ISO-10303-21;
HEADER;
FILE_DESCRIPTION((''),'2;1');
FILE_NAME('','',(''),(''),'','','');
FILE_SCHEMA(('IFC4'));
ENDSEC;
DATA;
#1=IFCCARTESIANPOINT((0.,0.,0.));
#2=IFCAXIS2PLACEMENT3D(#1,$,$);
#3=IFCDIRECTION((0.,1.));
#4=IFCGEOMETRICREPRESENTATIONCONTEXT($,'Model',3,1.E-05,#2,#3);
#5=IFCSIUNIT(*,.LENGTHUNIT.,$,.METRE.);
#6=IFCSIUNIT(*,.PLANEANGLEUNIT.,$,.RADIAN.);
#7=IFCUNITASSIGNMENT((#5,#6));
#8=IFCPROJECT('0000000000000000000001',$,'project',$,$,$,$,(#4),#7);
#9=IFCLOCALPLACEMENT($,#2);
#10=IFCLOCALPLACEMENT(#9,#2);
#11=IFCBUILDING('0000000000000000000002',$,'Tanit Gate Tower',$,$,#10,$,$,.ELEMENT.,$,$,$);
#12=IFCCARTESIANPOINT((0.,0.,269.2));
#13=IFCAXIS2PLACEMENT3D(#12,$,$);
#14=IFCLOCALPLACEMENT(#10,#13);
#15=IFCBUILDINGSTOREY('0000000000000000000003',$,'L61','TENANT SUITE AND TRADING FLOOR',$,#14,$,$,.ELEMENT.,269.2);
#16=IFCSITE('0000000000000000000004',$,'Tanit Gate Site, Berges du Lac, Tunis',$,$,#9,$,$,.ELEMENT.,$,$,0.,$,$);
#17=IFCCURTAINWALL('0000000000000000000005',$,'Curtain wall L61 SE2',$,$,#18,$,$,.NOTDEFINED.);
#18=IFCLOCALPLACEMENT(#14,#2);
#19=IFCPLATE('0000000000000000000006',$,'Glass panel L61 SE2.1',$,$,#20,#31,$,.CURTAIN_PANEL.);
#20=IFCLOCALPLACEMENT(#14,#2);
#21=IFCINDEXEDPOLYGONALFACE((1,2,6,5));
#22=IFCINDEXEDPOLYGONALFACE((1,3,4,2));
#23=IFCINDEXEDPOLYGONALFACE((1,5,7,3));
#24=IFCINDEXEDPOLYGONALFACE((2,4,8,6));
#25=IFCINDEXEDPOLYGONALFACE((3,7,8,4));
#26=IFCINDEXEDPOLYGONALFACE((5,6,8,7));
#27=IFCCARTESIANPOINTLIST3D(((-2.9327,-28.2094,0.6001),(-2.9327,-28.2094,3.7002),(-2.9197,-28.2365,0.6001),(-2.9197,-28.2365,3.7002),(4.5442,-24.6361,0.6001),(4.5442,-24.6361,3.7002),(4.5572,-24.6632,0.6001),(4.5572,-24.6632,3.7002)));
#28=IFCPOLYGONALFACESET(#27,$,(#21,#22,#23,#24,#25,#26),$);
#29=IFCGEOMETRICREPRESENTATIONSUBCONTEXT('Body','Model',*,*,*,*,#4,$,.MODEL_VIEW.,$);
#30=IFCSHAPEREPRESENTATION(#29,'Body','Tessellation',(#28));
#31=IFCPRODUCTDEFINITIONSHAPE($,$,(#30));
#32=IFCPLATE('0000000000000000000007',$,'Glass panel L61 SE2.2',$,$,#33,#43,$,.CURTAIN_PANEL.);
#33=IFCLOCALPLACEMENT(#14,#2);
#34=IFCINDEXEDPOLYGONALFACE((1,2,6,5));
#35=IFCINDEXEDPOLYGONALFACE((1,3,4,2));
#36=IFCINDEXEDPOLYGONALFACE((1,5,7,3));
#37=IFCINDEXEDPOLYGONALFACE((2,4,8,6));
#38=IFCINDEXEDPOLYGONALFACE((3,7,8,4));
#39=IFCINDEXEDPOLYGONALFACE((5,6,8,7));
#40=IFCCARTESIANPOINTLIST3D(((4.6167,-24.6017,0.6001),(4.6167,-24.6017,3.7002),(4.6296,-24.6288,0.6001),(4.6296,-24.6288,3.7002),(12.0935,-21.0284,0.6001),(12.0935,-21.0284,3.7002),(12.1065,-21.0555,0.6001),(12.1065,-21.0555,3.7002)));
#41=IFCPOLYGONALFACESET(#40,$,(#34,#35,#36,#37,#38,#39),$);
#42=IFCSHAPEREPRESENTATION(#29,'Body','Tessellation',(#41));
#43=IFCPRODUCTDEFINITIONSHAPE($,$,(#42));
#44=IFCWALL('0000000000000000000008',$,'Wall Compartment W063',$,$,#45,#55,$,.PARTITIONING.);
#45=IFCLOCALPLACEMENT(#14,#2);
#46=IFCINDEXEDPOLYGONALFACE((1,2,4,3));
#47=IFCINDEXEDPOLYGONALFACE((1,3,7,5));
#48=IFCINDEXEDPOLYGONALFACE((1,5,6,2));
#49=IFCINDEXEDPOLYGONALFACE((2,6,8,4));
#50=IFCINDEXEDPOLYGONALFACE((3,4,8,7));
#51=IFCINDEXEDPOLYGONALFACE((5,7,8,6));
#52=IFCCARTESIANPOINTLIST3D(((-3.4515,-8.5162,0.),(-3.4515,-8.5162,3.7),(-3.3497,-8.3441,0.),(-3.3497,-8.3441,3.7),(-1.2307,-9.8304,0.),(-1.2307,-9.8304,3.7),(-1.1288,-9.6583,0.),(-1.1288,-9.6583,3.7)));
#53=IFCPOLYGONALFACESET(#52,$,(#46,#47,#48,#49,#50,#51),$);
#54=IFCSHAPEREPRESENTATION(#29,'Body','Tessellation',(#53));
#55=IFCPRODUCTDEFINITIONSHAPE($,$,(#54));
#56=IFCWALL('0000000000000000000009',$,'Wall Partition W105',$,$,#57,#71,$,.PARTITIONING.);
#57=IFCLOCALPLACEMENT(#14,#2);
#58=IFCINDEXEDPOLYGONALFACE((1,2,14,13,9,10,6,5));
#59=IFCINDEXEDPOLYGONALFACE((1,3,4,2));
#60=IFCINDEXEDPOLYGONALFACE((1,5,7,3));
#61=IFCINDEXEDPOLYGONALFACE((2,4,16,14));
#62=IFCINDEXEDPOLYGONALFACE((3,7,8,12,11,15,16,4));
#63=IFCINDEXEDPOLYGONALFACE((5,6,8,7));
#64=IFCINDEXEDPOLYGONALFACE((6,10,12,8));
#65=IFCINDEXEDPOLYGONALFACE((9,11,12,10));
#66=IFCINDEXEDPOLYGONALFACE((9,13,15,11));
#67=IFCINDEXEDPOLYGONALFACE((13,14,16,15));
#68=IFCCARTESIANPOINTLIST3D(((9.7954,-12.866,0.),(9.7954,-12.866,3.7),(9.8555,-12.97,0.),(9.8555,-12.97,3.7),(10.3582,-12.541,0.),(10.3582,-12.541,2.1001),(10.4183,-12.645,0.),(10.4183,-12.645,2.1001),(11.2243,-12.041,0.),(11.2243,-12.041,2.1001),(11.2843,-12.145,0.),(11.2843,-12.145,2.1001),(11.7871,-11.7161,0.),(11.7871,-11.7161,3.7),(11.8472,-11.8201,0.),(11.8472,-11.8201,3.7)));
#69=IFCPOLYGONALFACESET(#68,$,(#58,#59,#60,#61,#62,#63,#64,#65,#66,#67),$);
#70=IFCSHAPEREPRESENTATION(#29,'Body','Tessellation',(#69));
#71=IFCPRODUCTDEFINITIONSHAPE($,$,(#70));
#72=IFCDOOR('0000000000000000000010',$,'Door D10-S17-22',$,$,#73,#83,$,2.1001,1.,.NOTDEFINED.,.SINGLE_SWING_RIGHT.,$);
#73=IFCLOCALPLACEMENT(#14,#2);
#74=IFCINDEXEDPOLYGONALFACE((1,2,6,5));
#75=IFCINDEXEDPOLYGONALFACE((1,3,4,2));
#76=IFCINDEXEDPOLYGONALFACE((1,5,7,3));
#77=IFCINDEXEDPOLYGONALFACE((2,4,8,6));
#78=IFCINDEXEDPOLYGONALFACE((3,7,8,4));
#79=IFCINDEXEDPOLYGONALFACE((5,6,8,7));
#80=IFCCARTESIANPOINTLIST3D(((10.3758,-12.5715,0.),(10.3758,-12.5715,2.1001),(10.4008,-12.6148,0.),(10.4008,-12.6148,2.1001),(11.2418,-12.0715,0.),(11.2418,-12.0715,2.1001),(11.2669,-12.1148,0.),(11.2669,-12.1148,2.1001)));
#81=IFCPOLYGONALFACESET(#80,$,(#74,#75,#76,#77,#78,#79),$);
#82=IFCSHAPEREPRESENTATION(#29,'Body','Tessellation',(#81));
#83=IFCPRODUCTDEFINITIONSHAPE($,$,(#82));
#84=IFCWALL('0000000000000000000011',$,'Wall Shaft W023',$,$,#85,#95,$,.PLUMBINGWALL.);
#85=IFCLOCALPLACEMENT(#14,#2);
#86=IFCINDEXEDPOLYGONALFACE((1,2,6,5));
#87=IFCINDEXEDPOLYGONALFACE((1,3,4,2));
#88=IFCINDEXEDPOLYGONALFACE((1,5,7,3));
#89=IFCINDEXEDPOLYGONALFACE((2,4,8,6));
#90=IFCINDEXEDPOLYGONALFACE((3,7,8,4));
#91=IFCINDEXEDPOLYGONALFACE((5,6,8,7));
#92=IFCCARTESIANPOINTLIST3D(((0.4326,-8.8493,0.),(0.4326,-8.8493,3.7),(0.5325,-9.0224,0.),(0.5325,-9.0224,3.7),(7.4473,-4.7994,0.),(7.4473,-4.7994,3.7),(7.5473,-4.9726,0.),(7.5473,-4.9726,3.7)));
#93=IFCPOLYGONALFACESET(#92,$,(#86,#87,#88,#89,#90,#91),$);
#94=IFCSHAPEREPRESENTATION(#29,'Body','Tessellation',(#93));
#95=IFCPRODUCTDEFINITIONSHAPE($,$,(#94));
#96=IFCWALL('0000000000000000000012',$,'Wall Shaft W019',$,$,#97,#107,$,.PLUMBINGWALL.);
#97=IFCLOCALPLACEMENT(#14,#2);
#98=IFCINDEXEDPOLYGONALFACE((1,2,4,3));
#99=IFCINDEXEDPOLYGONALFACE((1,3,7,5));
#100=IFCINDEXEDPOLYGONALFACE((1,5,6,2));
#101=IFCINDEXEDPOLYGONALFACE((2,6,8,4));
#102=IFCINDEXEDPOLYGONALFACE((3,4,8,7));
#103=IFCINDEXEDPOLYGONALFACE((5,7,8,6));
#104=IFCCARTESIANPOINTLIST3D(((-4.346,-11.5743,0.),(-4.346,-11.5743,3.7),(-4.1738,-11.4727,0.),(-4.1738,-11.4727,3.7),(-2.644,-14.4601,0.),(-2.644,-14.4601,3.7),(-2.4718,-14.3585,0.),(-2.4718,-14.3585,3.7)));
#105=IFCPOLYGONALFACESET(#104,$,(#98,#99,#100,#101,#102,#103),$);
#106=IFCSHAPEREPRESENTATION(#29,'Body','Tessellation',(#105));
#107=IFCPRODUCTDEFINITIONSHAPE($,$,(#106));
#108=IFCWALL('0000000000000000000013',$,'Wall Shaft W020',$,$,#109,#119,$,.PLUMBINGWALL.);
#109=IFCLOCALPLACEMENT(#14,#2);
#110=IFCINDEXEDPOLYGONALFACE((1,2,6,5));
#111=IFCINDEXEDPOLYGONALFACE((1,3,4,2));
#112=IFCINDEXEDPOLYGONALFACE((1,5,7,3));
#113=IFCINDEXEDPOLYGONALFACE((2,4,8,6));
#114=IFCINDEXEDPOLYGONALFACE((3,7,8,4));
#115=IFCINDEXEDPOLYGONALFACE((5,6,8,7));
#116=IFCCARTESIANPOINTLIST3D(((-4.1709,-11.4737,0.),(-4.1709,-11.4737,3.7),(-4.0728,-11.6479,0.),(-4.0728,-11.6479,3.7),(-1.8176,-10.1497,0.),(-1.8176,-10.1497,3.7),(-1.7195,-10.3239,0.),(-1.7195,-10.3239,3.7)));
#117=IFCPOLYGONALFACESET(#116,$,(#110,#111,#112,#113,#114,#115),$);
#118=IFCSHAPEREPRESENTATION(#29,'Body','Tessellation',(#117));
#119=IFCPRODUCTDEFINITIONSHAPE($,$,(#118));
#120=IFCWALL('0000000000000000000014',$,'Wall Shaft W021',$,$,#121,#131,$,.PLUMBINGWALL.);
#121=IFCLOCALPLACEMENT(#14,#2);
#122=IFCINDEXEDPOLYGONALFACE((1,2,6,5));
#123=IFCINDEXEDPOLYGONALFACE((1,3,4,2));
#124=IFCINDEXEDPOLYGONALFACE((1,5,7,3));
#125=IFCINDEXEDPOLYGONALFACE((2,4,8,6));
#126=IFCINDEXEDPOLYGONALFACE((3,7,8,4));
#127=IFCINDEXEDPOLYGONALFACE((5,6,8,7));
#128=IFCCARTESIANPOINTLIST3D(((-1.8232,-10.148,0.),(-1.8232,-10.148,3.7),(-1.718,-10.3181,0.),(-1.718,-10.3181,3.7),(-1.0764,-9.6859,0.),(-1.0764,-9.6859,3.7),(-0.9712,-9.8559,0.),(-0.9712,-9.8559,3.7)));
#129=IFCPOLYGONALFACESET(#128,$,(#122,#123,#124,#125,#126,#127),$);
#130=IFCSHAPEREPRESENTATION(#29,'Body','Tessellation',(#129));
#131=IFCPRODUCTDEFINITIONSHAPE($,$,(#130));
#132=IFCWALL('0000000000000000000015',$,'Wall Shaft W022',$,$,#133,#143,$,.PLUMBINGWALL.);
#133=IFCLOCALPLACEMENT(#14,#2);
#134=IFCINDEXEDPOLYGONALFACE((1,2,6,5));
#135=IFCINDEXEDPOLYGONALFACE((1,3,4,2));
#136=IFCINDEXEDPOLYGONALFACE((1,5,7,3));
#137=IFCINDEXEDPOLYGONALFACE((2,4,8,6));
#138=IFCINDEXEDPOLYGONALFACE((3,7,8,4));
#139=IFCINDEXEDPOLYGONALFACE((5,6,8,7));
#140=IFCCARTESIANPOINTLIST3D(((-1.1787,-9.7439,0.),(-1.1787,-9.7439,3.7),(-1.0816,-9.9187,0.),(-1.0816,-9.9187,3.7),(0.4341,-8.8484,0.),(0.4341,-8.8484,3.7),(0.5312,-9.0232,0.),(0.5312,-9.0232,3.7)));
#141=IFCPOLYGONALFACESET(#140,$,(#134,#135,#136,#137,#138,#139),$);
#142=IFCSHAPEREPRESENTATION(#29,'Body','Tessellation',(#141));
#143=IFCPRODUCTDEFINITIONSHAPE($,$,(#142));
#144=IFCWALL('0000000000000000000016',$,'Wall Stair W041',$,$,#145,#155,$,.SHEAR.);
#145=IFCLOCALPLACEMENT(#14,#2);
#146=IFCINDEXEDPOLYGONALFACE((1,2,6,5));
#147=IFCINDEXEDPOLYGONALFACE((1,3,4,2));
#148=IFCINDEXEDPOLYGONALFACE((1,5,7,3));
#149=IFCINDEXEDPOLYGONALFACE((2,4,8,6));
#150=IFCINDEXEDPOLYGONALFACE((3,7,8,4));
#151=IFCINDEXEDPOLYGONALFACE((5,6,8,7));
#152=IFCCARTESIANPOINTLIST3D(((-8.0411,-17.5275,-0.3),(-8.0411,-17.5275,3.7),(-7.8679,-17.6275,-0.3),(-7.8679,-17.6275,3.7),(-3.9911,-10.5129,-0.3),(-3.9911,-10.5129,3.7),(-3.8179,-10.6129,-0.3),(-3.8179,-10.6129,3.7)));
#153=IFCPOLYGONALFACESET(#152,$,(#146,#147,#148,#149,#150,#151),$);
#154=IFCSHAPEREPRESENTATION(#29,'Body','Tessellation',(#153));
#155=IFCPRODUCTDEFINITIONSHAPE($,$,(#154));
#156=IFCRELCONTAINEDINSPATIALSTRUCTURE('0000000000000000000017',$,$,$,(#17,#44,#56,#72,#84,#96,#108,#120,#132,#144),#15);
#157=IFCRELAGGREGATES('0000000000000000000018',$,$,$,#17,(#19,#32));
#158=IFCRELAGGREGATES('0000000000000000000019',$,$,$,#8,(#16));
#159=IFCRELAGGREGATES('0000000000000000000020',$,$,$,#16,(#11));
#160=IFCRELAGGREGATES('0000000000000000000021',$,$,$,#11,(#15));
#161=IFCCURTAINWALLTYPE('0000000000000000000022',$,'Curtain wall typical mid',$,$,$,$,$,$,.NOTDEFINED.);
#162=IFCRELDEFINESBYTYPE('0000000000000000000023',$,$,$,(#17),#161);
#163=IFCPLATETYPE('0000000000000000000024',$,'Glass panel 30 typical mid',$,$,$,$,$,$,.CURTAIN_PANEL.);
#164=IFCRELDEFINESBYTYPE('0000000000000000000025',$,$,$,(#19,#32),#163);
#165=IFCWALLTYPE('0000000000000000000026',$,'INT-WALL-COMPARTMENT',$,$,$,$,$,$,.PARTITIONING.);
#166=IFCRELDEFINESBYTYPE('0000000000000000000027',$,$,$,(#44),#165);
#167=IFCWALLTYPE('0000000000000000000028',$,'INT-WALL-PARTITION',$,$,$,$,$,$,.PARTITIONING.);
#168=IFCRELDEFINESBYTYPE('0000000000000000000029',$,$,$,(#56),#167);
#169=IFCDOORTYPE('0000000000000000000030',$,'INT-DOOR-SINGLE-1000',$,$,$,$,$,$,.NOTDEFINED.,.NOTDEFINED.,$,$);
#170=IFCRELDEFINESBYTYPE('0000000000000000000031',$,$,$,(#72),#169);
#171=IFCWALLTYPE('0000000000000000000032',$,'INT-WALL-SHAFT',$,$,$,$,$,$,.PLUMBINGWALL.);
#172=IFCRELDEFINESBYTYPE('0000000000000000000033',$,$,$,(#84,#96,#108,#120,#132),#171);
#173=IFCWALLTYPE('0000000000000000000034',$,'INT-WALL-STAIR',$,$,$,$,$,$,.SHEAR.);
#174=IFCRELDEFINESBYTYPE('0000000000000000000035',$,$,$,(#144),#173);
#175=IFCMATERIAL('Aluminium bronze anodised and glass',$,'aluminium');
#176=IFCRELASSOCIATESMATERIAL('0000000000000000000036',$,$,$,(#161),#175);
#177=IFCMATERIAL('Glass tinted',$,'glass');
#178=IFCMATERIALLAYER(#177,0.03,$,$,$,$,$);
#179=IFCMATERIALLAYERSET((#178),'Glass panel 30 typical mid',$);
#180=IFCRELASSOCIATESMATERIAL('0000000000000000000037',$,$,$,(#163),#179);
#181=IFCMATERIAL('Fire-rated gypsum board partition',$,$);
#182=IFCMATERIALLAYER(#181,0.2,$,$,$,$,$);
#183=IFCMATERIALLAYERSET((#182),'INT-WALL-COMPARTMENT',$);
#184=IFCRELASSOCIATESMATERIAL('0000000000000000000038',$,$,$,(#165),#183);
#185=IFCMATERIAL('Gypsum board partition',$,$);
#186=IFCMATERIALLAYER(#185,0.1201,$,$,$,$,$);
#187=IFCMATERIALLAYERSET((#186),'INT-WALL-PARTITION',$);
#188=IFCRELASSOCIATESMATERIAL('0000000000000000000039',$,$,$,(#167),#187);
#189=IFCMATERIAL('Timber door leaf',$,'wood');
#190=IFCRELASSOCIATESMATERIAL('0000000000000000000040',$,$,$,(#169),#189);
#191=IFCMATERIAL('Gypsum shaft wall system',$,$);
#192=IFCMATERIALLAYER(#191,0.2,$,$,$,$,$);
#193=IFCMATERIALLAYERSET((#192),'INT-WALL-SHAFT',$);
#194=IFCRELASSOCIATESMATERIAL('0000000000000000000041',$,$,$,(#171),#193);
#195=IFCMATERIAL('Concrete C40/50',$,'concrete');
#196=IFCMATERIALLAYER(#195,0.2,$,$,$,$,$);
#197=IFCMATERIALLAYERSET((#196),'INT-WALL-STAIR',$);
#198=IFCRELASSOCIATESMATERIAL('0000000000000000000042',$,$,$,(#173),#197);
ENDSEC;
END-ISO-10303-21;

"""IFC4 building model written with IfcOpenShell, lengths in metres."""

from ifc_helpers import new_model, si_unit, direction, frame, frame_2d, origin, origin_2d, place, context, subcontext, project, spatial, rectangle, extrude, material, layer, layer_set, type_object, element, fill, aggregate, save


model = new_model("IFC4")

# Units and contexts
model_context = context("Model", 3, precision=1e-05, world=origin(), true_north=direction((0.0, 1.0)))
body_context = subcontext(model_context, "Body", "Model", "MODEL_VIEW")
ifc_project = project(units=[si_unit("LENGTHUNIT", "METRE"), si_unit("PLANEANGLEUNIT", "RADIAN")], contexts=[model_context])

# Site, building, storey
site_placement = place(None, origin())
site = spatial("IfcSite", under=ifc_project, at=site_placement, Name="Tanit Gate Site, Berges du Lac, Tunis", CompositionType="ELEMENT", RefElevation=0.0)
building_placement = place(site_placement, origin())
building = spatial("IfcBuilding", under=site, at=building_placement, Name="Tanit Gate Tower", CompositionType="ELEMENT")
storey_placement = place(building_placement, frame((0.0, 0.0, 269.2)))
storey = spatial("IfcBuildingStorey", under=building, at=storey_placement, Name="L61", Description="TENANT SUITE AND TRADING FLOOR", CompositionType="ELEMENT", Elevation=269.2)

# Curtain wall
ifc_material_1 = material(Name="Aluminium bronze anodised and glass", Category="aluminium")
curtain_wall_type = type_object("IfcCurtainWallType", Name="Curtain wall typical mid", PredefinedType="NOTDEFINED", material=ifc_material_1)
curtain_wall_1_placement = place(storey_placement, origin())
curtain_wall_1 = element("IfcCurtainWall", 1, at=curtain_wall_1_placement, inside=storey, type_object=curtain_wall_type, Name="Curtain wall L61 SE2", PredefinedType="NOTDEFINED")

# Plates
ifc_material_2 = material(Name="Glass tinted", Category="glass")
ifc_layer_1 = layer(ifc_material_2, 0.03)
ifc_layer_set_1 = layer_set([ifc_layer_1], Name="Glass panel 30 typical mid")
plate_type = type_object("IfcPlateType", Name="Glass panel 30 typical mid", PredefinedType="CURTAIN_PANEL", material=ifc_layer_set_1)
plate_1_placement = place(storey_placement, frame((0.8123, -26.4363, 0.6001), z_axis=(0.0, 0.0, 1.0), x_axis=(0.902258, 0.431197, 0.0)))
plate_1 = element("IfcPlate", 2, at=plate_1_placement, type_object=plate_type, Name="Glass panel L61 SE2.1", PredefinedType="CURTAIN_PANEL", context=body_context, shape_type="SweptSolid", body=[
    extrude(rectangle(XDim=8.2869, YDim=0.03, at=origin_2d()), origin(), (0.0, 0.0, 1.0), 3.1001),
])
plate_2_placement = place(storey_placement, frame((8.3616, -22.8286, 0.6001), z_axis=(0.0, 0.0, 1.0), x_axis=(0.902258, 0.431197, 0.0)))
plate_2 = element("IfcPlate", 3, at=plate_2_placement, type_object=plate_type, Name="Glass panel L61 SE2.2", PredefinedType="CURTAIN_PANEL", context=body_context, shape_type="SweptSolid", body=[
    extrude(rectangle(XDim=8.2869, YDim=0.03, at=origin_2d()), origin(), (0.0, 0.0, 1.0), 3.1001),
])
aggregate(curtain_wall_1, [plate_1, plate_2])

# Wall
ifc_material_3 = material(Name="Fire-rated gypsum board partition")
ifc_layer_2 = layer(ifc_material_3, 0.2)
ifc_layer_set_2 = layer_set([ifc_layer_2], Name="INT-WALL-COMPARTMENT")
wall_type_1 = type_object("IfcWallType", Name="INT-WALL-COMPARTMENT", PredefinedType="PARTITIONING", material=ifc_layer_set_2)
wall_1_placement = place(storey_placement, frame((-3.4006, -8.4302, 0.0), z_axis=(0.0, 0.0, 1.0), x_axis=(0.860616, -0.509255, 0.0)))
element("IfcWall", 4, at=wall_1_placement, inside=storey, type_object=wall_type_1, Name="Wall Compartment W063", PredefinedType="PARTITIONING", context=body_context, shape_type="SweptSolid", body=[
    extrude(rectangle(XDim=2.5806, YDim=0.2, at=frame_2d((1.2903, 0.0))), origin(), (0.0, 0.0, 1.0), 3.7),
])

# Wall, opening, door
ifc_material_4 = material(Name="Gypsum board partition")
ifc_layer_3 = layer(ifc_material_4, 0.1201)
ifc_layer_set_3 = layer_set([ifc_layer_3], Name="INT-WALL-PARTITION")
wall_type_2 = type_object("IfcWallType", Name="INT-WALL-PARTITION", PredefinedType="PARTITIONING", material=ifc_layer_set_3)
wall_2_placement = place(storey_placement, frame((9.8254, -12.918, 0.0), z_axis=(0.0, 0.0, 1.0), x_axis=(0.866026, 0.499998, 0.0)))
wall_2 = element("IfcWall", 5, at=wall_2_placement, inside=storey, type_object=wall_type_2, Name="Wall Partition W105", PredefinedType="PARTITIONING", context=body_context, shape_type="SweptSolid", body=[
    extrude(rectangle(XDim=2.2998, YDim=0.1201, at=frame_2d((1.1499, 0.0))), origin(), (0.0, 0.0, 1.0), 3.7),
])
opening_placement = place(wall_2_placement, frame((0.6499, 0.0, 0.0)))
opening = element("IfcOpeningElement", 6, at=opening_placement, cuts=wall_2, PredefinedType="OPENING", context=body_context, shape_type="SweptSolid", body=[
    extrude(rectangle(XDim=1.0, YDim=2.1001, at=frame_2d((0.5, 1.05))), frame((0.0, 0.0701, 0.0), z_axis=(0.0, -1.0, 0.0), x_axis=(1.0, 0.0, 0.0)), (0.0, 0.0, 1.0), 0.1401),
])
ifc_material_5 = material(Name="Timber door leaf", Category="wood")
door_type = type_object("IfcDoorType", Name="INT-DOOR-SINGLE-1000", OperationType="NOTDEFINED", PredefinedType="NOTDEFINED", material=ifc_material_5)
door_placement = place(opening_placement, origin())
door = element("IfcDoor", 7, at=door_placement, inside=storey, type_object=door_type, Name="Door D10-S17-22", OperationType="SINGLE_SWING_RIGHT", OverallHeight=2.1001, OverallWidth=1.0, PredefinedType="NOTDEFINED", context=body_context, shape_type="SweptSolid", body=[
    extrude(rectangle(XDim=1.0, YDim=2.1001, at=frame_2d((0.5, 1.05))), frame((0.0, 0.0249, 0.0), z_axis=(0.0, -1.0, 0.0), x_axis=(1.0, 0.0, 0.0)), (0.0, 0.0, 1.0), 0.05),
])
fill(opening, door)

# Walls
ifc_material_6 = material(Name="Gypsum shaft wall system")
ifc_layer_4 = layer(ifc_material_6, 0.2)
ifc_layer_set_4 = layer_set([ifc_layer_4], Name="INT-WALL-SHAFT")
wall_type_3 = type_object("IfcWallType", Name="INT-WALL-SHAFT", PredefinedType="PLUMBINGWALL", material=ifc_layer_set_4)
wall_3_placement = place(storey_placement, frame((0.4827, -8.9358, 0.0), z_axis=(0.0, 0.0, 1.0), x_axis=(0.866031, 0.49999, 0.0)))
element("IfcWall", 8, at=wall_3_placement, inside=storey, type_object=wall_type_3, Name="Wall Shaft W023", PredefinedType="PLUMBINGWALL", context=body_context, shape_type="SweptSolid", body=[
    extrude(rectangle(XDim=8.0999, YDim=0.2, at=frame_2d((4.0498, 0.0))), origin(), (0.0, 0.0, 1.0), 3.7),
])
wall_4_placement = place(storey_placement, frame((-2.5579, -14.4094, 0.0), z_axis=(0.0, 0.0, 1.0), x_axis=(-0.507997, 0.861359, 0.0)))
element("IfcWall", 9, at=wall_4_placement, inside=storey, type_object=wall_type_3, Name="Wall Shaft W019", PredefinedType="PLUMBINGWALL", context=body_context, shape_type="SweptSolid", body=[
    extrude(rectangle(XDim=3.3503, YDim=0.2, at=frame_2d((1.6753, 0.0))), origin(), (0.0, 0.0, 1.0), 3.7),
])
wall_5_placement = place(storey_placement, frame((-1.7686, -10.2368, 0.0), z_axis=(0.0, 0.0, 1.0), x_axis=(-0.871534, -0.490334, 0.0)))
element("IfcWall", 10, at=wall_5_placement, inside=storey, type_object=wall_type_3, Name="Wall Shaft W020", PredefinedType="PLUMBINGWALL", context=body_context, shape_type="SweptSolid", body=[
    extrude(rectangle(XDim=2.7002, YDim=0.2, at=frame_2d((1.3501, 0.0))), origin(), (0.0, 0.0, 1.0), 3.7),
])
wall_6_placement = place(storey_placement, frame((-1.0239, -9.771, 0.0), z_axis=(0.0, 0.0, 1.0), x_axis=(-0.850348, -0.526221, 0.0)))
element("IfcWall", 11, at=wall_6_placement, inside=storey, type_object=wall_type_3, Name="Wall Shaft W021", PredefinedType="PLUMBINGWALL", context=body_context, shape_type="SweptSolid", body=[
    extrude(rectangle(XDim=0.8782, YDim=0.2, at=frame_2d((0.439, 0.0))), origin(), (0.0, 0.0, 1.0), 3.7),
])
wall_7_placement = place(storey_placement, frame((-1.1301, -9.8313, 0.0), z_axis=(0.0, 0.0, 1.0), x_axis=(0.87427, 0.485441, 0.0)))
element("IfcWall", 12, at=wall_7_placement, inside=storey, type_object=wall_type_3, Name="Wall Shaft W022", PredefinedType="PLUMBINGWALL", context=body_context, shape_type="SweptSolid", body=[
    extrude(rectangle(XDim=1.8447, YDim=0.2, at=frame_2d((0.9224, 0.0))), origin(), (0.0, 0.0, 1.0), 3.7),
])
ifc_material_7 = material(Name="Concrete C40/50", Category="concrete")
ifc_layer_5 = layer(ifc_material_7, 0.2)
ifc_layer_set_5 = layer_set([ifc_layer_5], Name="INT-WALL-STAIR")
wall_type_4 = type_object("IfcWallType", Name="INT-WALL-STAIR", PredefinedType="SHEAR", material=ifc_layer_set_5)
wall_8_placement = place(storey_placement, frame((-3.9045, -10.563, -0.3), z_axis=(0.0, 0.0, 1.0), x_axis=(-0.500013, -0.866018, 0.0)))
element("IfcWall", 13, at=wall_8_placement, inside=storey, type_object=wall_type_4, Name="Wall Stair W041", PredefinedType="SHEAR", context=body_context, shape_type="SweptSolid", body=[
    extrude(rectangle(XDim=8.0999, YDim=0.2, at=frame_2d((4.0498, 0.0))), origin(), (0.0, 0.0, 1.0), 4.0),
])

save(model, "model.ifc")
